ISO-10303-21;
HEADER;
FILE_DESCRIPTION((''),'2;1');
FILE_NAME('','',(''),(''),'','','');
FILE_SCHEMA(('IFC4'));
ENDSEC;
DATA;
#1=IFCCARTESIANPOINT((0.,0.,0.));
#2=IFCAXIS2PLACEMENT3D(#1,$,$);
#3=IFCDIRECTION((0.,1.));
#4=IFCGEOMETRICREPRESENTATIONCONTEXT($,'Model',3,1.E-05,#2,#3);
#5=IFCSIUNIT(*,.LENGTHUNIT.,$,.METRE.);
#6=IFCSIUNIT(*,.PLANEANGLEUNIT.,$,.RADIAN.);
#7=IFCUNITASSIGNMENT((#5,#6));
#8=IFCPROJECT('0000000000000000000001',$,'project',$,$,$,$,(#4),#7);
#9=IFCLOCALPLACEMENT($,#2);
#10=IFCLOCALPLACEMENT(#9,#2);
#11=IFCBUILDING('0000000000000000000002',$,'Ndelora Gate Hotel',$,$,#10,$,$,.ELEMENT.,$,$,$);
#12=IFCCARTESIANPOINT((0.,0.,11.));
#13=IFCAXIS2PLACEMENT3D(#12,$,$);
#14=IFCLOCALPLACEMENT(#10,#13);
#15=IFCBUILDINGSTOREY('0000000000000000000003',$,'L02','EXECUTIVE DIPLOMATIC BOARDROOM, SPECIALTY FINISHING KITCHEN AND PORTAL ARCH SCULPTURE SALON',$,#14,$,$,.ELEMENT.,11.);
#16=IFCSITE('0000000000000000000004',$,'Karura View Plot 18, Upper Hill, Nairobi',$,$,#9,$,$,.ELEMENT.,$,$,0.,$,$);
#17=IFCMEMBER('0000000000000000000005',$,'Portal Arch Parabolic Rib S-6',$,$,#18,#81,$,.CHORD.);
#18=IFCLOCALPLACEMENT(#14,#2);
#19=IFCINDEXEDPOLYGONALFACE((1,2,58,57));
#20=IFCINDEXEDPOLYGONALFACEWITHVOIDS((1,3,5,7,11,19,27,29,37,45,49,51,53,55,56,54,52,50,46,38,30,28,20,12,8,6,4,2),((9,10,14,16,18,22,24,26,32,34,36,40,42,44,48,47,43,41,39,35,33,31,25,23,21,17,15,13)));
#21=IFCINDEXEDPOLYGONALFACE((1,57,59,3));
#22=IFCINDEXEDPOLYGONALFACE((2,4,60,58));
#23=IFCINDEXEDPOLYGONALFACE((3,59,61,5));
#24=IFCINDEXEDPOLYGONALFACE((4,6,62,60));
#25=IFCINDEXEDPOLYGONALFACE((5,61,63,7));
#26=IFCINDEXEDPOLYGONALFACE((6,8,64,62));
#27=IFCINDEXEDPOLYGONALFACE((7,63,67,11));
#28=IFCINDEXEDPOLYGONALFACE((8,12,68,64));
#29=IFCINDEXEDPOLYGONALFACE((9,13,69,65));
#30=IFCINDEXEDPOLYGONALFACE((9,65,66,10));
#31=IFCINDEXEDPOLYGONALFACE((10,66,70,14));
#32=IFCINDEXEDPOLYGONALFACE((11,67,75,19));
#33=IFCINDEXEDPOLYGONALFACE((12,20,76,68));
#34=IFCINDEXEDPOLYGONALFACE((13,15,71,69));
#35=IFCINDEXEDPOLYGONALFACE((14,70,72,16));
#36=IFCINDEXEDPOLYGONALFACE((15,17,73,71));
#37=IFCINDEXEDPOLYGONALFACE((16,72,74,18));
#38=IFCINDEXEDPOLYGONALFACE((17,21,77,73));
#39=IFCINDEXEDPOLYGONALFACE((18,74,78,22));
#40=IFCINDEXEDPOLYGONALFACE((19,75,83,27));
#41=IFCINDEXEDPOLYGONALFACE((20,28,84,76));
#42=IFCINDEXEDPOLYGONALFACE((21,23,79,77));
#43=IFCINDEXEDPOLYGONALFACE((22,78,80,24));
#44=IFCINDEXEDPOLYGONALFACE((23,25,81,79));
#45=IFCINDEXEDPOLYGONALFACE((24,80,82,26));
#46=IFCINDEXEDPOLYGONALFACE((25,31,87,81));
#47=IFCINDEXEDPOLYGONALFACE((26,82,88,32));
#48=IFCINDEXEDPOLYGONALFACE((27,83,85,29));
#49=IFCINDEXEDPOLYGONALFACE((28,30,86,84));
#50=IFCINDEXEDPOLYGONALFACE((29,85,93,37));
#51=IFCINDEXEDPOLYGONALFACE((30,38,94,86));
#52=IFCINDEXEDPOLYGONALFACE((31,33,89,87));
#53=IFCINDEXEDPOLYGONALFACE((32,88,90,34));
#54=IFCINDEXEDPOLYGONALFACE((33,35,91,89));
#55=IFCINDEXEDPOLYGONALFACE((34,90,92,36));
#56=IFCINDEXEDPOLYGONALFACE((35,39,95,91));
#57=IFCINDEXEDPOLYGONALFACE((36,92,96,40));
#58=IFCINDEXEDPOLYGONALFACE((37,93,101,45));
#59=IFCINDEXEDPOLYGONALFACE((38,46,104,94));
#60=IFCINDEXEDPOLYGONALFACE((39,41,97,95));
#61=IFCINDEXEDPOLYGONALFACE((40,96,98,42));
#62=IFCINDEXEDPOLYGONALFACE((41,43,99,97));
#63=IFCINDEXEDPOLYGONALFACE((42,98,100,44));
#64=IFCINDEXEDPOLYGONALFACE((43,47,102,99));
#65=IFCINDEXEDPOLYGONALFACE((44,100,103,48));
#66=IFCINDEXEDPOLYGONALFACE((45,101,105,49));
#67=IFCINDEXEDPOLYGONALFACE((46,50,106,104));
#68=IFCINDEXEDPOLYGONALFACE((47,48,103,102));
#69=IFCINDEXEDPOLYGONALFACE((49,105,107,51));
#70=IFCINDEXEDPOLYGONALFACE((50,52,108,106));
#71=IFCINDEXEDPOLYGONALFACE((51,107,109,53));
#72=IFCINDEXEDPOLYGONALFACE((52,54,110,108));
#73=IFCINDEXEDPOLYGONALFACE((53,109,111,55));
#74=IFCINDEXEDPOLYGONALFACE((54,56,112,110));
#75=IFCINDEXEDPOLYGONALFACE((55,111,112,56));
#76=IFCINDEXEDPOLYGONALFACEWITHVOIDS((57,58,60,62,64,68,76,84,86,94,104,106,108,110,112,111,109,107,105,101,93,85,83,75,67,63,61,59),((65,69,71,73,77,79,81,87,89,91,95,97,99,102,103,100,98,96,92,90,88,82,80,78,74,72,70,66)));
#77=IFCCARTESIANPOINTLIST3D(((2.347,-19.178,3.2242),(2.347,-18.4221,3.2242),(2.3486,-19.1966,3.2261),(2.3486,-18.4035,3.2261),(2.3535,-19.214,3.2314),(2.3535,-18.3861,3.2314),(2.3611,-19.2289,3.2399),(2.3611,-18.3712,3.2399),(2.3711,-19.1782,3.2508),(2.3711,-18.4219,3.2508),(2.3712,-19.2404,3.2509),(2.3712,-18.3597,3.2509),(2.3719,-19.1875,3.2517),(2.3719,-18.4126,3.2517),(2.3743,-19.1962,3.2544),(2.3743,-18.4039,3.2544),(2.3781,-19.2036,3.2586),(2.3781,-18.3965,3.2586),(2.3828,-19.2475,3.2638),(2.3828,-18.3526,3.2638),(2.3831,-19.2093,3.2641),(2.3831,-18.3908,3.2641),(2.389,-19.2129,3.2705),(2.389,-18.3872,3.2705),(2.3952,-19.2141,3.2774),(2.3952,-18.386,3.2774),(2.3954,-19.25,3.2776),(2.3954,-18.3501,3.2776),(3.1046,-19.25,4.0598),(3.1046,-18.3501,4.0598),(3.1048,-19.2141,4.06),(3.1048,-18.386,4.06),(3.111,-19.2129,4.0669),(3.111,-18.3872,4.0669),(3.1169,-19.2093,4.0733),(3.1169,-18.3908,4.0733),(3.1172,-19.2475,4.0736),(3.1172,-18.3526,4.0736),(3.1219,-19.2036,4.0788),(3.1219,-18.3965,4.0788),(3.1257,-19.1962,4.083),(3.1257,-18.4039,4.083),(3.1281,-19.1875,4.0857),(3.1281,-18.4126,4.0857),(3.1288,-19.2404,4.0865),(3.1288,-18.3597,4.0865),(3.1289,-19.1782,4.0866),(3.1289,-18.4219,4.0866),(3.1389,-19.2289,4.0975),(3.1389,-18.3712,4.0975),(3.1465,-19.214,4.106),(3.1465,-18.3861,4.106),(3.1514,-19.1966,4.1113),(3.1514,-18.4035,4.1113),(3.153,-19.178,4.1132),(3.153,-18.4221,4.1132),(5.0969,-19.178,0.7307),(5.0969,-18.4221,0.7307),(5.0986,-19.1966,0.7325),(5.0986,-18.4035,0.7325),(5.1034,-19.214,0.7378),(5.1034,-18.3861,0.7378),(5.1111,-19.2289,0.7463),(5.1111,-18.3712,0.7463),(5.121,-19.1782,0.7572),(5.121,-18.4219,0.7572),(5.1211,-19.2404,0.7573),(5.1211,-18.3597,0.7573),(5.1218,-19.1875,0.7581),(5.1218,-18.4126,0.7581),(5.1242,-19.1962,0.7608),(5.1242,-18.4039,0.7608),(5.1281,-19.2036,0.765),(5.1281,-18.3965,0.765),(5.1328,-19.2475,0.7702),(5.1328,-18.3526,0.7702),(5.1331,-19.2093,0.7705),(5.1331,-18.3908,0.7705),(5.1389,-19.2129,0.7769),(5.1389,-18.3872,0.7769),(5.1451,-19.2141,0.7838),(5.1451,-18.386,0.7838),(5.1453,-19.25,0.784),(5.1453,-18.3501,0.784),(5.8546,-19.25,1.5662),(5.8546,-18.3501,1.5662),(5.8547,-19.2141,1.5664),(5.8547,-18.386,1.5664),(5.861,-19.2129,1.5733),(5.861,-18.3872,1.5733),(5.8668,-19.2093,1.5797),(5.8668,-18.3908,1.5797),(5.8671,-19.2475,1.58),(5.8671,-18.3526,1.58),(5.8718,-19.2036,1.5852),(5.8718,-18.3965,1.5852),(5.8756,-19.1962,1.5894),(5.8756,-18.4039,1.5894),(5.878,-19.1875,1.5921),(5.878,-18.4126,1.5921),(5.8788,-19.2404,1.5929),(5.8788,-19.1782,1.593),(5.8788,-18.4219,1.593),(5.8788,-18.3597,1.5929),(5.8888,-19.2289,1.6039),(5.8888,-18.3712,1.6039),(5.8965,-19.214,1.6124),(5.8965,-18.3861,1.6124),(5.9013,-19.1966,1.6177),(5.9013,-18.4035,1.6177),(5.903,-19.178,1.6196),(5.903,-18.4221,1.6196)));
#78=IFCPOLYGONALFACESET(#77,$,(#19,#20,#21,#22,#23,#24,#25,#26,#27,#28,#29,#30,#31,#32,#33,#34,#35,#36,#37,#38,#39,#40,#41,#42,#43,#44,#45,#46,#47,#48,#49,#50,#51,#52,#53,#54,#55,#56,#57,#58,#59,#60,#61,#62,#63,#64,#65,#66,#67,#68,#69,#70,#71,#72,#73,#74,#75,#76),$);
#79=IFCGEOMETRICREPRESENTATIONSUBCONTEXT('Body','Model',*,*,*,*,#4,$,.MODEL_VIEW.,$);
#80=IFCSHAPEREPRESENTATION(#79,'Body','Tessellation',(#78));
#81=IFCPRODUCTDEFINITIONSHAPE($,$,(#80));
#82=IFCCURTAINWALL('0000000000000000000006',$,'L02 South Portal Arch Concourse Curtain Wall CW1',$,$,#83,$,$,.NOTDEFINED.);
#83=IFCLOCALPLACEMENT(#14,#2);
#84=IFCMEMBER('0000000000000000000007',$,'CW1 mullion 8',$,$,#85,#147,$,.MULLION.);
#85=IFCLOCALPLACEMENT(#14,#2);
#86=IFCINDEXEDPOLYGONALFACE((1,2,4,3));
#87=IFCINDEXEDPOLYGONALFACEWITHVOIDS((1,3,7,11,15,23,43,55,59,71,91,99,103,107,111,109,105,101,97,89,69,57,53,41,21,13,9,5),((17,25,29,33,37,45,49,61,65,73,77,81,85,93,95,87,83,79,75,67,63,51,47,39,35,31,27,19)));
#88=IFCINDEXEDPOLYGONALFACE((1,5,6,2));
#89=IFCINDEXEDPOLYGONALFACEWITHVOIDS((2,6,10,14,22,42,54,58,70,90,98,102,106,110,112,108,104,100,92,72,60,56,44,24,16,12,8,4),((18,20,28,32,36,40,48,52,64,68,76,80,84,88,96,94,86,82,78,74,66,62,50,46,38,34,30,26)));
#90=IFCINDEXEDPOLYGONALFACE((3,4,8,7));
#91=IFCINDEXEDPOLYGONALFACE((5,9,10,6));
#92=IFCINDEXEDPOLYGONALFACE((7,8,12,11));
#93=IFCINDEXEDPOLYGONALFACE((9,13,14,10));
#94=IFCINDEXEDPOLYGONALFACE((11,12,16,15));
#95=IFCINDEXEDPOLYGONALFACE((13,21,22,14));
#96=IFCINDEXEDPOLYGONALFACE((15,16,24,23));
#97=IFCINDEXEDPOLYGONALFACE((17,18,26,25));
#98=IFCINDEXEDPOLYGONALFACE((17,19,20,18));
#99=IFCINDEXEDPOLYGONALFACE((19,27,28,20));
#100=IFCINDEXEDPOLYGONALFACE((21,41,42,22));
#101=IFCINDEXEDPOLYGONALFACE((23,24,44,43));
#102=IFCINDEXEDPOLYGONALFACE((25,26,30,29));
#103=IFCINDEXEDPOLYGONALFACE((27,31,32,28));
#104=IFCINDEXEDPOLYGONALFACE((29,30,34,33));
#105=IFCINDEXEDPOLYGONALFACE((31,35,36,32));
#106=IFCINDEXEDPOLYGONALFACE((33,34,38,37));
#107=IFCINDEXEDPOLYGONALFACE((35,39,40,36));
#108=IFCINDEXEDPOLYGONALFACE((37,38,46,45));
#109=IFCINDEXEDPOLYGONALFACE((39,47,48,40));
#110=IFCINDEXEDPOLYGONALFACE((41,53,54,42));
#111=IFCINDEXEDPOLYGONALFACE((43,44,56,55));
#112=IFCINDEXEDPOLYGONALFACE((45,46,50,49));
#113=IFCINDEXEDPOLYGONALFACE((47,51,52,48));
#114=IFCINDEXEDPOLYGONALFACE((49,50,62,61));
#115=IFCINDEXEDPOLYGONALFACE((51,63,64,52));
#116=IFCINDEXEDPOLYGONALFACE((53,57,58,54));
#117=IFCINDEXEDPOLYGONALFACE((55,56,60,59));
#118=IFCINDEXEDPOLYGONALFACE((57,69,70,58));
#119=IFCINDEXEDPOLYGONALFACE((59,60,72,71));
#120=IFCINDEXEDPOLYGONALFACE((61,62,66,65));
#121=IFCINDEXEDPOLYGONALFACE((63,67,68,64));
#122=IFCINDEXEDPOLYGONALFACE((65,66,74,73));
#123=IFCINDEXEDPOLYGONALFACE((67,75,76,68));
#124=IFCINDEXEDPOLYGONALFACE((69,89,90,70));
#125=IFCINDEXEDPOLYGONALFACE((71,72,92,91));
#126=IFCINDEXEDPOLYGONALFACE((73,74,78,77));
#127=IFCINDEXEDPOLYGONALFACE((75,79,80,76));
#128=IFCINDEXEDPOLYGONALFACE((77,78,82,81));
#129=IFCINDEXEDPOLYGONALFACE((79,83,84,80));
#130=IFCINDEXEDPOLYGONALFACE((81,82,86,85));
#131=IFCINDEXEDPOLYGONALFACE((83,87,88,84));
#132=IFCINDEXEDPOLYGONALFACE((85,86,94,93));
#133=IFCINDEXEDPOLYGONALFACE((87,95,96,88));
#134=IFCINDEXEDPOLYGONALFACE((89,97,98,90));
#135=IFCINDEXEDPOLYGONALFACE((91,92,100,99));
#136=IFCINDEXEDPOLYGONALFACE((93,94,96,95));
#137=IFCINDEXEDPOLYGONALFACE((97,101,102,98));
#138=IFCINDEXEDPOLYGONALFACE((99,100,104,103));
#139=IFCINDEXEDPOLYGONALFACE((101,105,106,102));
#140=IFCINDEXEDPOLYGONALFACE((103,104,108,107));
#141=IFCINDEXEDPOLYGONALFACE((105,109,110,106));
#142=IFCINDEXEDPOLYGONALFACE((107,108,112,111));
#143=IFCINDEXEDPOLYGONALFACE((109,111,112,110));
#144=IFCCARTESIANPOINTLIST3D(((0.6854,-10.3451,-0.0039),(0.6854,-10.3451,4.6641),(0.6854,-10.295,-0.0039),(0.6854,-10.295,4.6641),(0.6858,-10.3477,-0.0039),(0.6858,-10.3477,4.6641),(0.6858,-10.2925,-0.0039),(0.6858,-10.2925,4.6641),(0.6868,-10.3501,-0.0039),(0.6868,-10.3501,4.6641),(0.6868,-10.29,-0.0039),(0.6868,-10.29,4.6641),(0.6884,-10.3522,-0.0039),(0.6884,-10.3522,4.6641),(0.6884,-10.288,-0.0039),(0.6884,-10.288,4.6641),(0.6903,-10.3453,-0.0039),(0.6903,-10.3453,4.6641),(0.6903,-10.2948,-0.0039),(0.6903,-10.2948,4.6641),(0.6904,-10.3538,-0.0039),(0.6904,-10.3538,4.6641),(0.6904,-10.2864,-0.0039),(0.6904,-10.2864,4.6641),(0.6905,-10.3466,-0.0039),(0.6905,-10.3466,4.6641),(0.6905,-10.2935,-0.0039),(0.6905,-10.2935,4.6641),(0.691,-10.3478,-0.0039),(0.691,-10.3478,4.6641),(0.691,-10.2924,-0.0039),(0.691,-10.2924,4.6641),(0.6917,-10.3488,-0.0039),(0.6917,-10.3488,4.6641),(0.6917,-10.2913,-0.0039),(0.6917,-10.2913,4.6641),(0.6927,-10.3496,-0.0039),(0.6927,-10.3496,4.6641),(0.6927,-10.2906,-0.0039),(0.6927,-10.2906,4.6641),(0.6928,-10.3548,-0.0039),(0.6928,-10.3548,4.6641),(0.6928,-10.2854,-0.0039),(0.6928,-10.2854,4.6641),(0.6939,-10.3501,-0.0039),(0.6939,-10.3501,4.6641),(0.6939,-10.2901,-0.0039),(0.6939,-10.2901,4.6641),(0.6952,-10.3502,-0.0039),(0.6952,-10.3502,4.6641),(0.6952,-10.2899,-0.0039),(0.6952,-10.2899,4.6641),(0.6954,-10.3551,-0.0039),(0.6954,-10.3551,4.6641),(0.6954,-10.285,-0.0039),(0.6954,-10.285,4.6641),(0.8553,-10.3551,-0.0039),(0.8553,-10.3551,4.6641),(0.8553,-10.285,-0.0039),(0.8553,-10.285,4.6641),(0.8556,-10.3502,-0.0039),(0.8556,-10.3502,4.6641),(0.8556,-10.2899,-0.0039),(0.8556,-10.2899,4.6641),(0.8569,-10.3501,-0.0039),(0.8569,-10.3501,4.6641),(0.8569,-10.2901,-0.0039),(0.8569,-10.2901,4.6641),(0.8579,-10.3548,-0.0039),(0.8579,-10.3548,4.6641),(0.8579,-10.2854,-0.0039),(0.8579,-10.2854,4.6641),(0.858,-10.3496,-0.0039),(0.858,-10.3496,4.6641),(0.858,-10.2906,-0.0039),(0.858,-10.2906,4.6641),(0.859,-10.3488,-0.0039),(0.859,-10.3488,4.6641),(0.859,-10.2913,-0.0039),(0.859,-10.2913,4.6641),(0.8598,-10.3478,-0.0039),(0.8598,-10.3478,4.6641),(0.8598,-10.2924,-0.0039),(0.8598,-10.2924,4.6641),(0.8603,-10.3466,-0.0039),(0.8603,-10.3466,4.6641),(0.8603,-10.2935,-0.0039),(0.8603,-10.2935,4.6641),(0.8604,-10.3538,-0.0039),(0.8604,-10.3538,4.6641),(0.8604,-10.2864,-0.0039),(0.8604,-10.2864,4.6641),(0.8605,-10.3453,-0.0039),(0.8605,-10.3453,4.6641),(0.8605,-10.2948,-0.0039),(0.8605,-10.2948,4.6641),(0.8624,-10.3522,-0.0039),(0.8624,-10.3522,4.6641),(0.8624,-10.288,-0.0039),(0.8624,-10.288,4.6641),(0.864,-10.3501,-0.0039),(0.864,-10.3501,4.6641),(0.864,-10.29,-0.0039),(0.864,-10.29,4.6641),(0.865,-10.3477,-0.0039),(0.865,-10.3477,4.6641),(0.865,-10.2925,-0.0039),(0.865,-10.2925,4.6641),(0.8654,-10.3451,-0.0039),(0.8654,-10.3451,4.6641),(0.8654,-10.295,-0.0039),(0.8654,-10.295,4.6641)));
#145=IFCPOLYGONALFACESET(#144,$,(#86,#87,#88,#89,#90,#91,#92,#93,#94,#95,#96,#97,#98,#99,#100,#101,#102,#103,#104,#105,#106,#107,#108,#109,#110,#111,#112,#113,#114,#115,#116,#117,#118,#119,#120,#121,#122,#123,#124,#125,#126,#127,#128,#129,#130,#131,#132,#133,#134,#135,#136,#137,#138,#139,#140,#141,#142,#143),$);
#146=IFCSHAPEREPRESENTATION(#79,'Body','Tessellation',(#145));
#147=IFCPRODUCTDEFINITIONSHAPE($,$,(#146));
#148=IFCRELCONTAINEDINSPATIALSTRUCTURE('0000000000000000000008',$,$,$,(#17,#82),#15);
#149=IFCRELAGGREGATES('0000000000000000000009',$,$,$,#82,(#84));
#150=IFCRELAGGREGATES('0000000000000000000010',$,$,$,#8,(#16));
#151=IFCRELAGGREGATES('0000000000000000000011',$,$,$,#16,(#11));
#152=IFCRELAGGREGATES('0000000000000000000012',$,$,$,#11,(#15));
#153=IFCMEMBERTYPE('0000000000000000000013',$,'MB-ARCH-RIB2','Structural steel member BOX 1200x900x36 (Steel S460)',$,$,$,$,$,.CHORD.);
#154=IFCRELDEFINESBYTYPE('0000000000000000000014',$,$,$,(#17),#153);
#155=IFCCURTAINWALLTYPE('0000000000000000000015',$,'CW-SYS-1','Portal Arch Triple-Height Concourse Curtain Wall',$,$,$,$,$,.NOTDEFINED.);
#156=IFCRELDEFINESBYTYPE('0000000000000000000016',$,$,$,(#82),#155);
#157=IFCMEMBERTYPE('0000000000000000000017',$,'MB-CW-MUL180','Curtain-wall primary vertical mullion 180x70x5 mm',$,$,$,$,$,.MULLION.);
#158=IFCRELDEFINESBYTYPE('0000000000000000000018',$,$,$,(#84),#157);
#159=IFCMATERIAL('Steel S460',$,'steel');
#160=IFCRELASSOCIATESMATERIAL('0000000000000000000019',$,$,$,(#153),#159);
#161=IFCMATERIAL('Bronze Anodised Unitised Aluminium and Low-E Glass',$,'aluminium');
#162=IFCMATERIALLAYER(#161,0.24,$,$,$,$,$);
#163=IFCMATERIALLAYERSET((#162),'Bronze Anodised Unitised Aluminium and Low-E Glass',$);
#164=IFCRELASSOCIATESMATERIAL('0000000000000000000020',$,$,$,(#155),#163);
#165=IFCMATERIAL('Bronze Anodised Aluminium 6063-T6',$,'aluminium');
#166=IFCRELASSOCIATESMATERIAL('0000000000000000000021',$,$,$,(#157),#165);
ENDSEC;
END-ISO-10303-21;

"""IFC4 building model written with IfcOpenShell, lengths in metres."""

from ifc_helpers import new_model, si_unit, direction, frame, origin, origin_2d, place, context, subcontext, project, spatial, hollow_rectangle, extrude, material, layer, layer_set, material_profile, profile_set, type_object, element, aggregate, save


model = new_model("IFC4")

# Units and contexts
model_context = context("Model", 3, precision=1e-05, world=origin(), true_north=direction((0.0, 1.0)))
body_context = subcontext(model_context, "Body", "Model", "MODEL_VIEW")
ifc_project = project(units=[si_unit("LENGTHUNIT", "METRE"), si_unit("PLANEANGLEUNIT", "RADIAN")], contexts=[model_context])

# Site, building, storey
site_placement = place(None, origin())
site = spatial("IfcSite", under=ifc_project, at=site_placement, Name="Karura View Plot 18, Upper Hill, Nairobi", CompositionType="ELEMENT", RefElevation=0.0)
building_placement = place(site_placement, origin())
building = spatial("IfcBuilding", under=site, at=building_placement, Name="Ndelora Gate Hotel", CompositionType="ELEMENT")
storey_placement = place(building_placement, frame((0.0, 0.0, 11.0)))
storey = spatial("IfcBuildingStorey", under=building, at=storey_placement, Name="L02", Description="EXECUTIVE DIPLOMATIC BOARDROOM, SPECIALTY FINISHING KITCHEN AND PORTAL ARCH SCULPTURE SALON", CompositionType="ELEMENT", Elevation=11.0)

# Member
ifc_material_1 = material(Name="Steel S460", Category="steel")
ifc_material_profile_1 = material_profile(ifc_material_1, hollow_rectangle(XDim=0.8999, YDim=1.2, WallThickness=0.0359, InnerFilletRadius=0.0359, OuterFilletRadius=0.072, at=origin_2d()), Name="BOX 1200x900x36")
ifc_profile_set_1 = profile_set([ifc_material_profile_1], Name="Steel S460")
member_type_1 = type_object("IfcMemberType", Name="MB-ARCH-RIB2", Description="Structural steel member BOX 1200x900x36 (Steel S460)", PredefinedType="CHORD", material=ifc_profile_set_1)
member_1_placement = place(storey_placement, frame((2.75, -18.8, 3.6687), z_axis=(0.740791, 0.0, -0.671736), x_axis=(0.0, 1.0, 0.0)))
element("IfcMember", 1, at=member_1_placement, inside=storey, type_object=member_type_1, Name="Portal Arch Parabolic Rib S-6", PredefinedType="CHORD", context=body_context, shape_type="SweptSolid", body=[
    extrude(hollow_rectangle(XDim=0.8999, YDim=1.2, WallThickness=0.0359, InnerFilletRadius=0.0359, OuterFilletRadius=0.072, at=origin_2d()), origin(), (0.0, 0.0, 1.0), 3.7122),
])

# Curtain wall, member
ifc_material_2 = material(Name="Bronze Anodised Unitised Aluminium and Low-E Glass", Category="aluminium")
ifc_layer_1 = layer(ifc_material_2, 0.24)
ifc_layer_set_1 = layer_set([ifc_layer_1], Name="Bronze Anodised Unitised Aluminium and Low-E Glass")
curtain_wall_type = type_object("IfcCurtainWallType", Name="CW-SYS-1", Description="Portal Arch Triple-Height Concourse Curtain Wall", PredefinedType="NOTDEFINED", material=ifc_layer_set_1)
curtain_wall_placement = place(storey_placement, origin())
curtain_wall = element("IfcCurtainWall", 2, at=curtain_wall_placement, inside=storey, type_object=curtain_wall_type, Name="L02 South Portal Arch Concourse Curtain Wall CW1", PredefinedType="NOTDEFINED")
ifc_material_3 = material(Name="Bronze Anodised Aluminium 6063-T6", Category="aluminium")
ifc_material_profile_2 = material_profile(ifc_material_3, hollow_rectangle(XDim=0.0701, YDim=0.1799, WallThickness=0.0049, InnerFilletRadius=0.0049, OuterFilletRadius=0.01, at=origin_2d()), Name="ALU 180x70x5")
ifc_profile_set_2 = profile_set([ifc_material_profile_2], Name="Bronze Anodised Aluminium 6063-T6")
member_type_2 = type_object("IfcMemberType", Name="MB-CW-MUL180", Description="Curtain-wall primary vertical mullion 180x70x5 mm", PredefinedType="MULLION", material=ifc_profile_set_2)
member_2_placement = place(storey_placement, frame((0.7754, -10.3201, -0.0039), z_axis=(0.0, 0.0, 1.0), x_axis=(0.0, 1.0, 0.0)))
member_2 = element("IfcMember", 3, at=member_2_placement, type_object=member_type_2, Name="CW1 mullion 8", PredefinedType="MULLION", context=body_context, shape_type="SweptSolid", body=[
    extrude(hollow_rectangle(XDim=0.0701, YDim=0.1799, WallThickness=0.0049, InnerFilletRadius=0.0049, OuterFilletRadius=0.01, at=origin_2d()), origin(), (0.0, 0.0, 1.0), 4.668),
])
aggregate(curtain_wall, [member_2])

save(model, "model.ifc")
